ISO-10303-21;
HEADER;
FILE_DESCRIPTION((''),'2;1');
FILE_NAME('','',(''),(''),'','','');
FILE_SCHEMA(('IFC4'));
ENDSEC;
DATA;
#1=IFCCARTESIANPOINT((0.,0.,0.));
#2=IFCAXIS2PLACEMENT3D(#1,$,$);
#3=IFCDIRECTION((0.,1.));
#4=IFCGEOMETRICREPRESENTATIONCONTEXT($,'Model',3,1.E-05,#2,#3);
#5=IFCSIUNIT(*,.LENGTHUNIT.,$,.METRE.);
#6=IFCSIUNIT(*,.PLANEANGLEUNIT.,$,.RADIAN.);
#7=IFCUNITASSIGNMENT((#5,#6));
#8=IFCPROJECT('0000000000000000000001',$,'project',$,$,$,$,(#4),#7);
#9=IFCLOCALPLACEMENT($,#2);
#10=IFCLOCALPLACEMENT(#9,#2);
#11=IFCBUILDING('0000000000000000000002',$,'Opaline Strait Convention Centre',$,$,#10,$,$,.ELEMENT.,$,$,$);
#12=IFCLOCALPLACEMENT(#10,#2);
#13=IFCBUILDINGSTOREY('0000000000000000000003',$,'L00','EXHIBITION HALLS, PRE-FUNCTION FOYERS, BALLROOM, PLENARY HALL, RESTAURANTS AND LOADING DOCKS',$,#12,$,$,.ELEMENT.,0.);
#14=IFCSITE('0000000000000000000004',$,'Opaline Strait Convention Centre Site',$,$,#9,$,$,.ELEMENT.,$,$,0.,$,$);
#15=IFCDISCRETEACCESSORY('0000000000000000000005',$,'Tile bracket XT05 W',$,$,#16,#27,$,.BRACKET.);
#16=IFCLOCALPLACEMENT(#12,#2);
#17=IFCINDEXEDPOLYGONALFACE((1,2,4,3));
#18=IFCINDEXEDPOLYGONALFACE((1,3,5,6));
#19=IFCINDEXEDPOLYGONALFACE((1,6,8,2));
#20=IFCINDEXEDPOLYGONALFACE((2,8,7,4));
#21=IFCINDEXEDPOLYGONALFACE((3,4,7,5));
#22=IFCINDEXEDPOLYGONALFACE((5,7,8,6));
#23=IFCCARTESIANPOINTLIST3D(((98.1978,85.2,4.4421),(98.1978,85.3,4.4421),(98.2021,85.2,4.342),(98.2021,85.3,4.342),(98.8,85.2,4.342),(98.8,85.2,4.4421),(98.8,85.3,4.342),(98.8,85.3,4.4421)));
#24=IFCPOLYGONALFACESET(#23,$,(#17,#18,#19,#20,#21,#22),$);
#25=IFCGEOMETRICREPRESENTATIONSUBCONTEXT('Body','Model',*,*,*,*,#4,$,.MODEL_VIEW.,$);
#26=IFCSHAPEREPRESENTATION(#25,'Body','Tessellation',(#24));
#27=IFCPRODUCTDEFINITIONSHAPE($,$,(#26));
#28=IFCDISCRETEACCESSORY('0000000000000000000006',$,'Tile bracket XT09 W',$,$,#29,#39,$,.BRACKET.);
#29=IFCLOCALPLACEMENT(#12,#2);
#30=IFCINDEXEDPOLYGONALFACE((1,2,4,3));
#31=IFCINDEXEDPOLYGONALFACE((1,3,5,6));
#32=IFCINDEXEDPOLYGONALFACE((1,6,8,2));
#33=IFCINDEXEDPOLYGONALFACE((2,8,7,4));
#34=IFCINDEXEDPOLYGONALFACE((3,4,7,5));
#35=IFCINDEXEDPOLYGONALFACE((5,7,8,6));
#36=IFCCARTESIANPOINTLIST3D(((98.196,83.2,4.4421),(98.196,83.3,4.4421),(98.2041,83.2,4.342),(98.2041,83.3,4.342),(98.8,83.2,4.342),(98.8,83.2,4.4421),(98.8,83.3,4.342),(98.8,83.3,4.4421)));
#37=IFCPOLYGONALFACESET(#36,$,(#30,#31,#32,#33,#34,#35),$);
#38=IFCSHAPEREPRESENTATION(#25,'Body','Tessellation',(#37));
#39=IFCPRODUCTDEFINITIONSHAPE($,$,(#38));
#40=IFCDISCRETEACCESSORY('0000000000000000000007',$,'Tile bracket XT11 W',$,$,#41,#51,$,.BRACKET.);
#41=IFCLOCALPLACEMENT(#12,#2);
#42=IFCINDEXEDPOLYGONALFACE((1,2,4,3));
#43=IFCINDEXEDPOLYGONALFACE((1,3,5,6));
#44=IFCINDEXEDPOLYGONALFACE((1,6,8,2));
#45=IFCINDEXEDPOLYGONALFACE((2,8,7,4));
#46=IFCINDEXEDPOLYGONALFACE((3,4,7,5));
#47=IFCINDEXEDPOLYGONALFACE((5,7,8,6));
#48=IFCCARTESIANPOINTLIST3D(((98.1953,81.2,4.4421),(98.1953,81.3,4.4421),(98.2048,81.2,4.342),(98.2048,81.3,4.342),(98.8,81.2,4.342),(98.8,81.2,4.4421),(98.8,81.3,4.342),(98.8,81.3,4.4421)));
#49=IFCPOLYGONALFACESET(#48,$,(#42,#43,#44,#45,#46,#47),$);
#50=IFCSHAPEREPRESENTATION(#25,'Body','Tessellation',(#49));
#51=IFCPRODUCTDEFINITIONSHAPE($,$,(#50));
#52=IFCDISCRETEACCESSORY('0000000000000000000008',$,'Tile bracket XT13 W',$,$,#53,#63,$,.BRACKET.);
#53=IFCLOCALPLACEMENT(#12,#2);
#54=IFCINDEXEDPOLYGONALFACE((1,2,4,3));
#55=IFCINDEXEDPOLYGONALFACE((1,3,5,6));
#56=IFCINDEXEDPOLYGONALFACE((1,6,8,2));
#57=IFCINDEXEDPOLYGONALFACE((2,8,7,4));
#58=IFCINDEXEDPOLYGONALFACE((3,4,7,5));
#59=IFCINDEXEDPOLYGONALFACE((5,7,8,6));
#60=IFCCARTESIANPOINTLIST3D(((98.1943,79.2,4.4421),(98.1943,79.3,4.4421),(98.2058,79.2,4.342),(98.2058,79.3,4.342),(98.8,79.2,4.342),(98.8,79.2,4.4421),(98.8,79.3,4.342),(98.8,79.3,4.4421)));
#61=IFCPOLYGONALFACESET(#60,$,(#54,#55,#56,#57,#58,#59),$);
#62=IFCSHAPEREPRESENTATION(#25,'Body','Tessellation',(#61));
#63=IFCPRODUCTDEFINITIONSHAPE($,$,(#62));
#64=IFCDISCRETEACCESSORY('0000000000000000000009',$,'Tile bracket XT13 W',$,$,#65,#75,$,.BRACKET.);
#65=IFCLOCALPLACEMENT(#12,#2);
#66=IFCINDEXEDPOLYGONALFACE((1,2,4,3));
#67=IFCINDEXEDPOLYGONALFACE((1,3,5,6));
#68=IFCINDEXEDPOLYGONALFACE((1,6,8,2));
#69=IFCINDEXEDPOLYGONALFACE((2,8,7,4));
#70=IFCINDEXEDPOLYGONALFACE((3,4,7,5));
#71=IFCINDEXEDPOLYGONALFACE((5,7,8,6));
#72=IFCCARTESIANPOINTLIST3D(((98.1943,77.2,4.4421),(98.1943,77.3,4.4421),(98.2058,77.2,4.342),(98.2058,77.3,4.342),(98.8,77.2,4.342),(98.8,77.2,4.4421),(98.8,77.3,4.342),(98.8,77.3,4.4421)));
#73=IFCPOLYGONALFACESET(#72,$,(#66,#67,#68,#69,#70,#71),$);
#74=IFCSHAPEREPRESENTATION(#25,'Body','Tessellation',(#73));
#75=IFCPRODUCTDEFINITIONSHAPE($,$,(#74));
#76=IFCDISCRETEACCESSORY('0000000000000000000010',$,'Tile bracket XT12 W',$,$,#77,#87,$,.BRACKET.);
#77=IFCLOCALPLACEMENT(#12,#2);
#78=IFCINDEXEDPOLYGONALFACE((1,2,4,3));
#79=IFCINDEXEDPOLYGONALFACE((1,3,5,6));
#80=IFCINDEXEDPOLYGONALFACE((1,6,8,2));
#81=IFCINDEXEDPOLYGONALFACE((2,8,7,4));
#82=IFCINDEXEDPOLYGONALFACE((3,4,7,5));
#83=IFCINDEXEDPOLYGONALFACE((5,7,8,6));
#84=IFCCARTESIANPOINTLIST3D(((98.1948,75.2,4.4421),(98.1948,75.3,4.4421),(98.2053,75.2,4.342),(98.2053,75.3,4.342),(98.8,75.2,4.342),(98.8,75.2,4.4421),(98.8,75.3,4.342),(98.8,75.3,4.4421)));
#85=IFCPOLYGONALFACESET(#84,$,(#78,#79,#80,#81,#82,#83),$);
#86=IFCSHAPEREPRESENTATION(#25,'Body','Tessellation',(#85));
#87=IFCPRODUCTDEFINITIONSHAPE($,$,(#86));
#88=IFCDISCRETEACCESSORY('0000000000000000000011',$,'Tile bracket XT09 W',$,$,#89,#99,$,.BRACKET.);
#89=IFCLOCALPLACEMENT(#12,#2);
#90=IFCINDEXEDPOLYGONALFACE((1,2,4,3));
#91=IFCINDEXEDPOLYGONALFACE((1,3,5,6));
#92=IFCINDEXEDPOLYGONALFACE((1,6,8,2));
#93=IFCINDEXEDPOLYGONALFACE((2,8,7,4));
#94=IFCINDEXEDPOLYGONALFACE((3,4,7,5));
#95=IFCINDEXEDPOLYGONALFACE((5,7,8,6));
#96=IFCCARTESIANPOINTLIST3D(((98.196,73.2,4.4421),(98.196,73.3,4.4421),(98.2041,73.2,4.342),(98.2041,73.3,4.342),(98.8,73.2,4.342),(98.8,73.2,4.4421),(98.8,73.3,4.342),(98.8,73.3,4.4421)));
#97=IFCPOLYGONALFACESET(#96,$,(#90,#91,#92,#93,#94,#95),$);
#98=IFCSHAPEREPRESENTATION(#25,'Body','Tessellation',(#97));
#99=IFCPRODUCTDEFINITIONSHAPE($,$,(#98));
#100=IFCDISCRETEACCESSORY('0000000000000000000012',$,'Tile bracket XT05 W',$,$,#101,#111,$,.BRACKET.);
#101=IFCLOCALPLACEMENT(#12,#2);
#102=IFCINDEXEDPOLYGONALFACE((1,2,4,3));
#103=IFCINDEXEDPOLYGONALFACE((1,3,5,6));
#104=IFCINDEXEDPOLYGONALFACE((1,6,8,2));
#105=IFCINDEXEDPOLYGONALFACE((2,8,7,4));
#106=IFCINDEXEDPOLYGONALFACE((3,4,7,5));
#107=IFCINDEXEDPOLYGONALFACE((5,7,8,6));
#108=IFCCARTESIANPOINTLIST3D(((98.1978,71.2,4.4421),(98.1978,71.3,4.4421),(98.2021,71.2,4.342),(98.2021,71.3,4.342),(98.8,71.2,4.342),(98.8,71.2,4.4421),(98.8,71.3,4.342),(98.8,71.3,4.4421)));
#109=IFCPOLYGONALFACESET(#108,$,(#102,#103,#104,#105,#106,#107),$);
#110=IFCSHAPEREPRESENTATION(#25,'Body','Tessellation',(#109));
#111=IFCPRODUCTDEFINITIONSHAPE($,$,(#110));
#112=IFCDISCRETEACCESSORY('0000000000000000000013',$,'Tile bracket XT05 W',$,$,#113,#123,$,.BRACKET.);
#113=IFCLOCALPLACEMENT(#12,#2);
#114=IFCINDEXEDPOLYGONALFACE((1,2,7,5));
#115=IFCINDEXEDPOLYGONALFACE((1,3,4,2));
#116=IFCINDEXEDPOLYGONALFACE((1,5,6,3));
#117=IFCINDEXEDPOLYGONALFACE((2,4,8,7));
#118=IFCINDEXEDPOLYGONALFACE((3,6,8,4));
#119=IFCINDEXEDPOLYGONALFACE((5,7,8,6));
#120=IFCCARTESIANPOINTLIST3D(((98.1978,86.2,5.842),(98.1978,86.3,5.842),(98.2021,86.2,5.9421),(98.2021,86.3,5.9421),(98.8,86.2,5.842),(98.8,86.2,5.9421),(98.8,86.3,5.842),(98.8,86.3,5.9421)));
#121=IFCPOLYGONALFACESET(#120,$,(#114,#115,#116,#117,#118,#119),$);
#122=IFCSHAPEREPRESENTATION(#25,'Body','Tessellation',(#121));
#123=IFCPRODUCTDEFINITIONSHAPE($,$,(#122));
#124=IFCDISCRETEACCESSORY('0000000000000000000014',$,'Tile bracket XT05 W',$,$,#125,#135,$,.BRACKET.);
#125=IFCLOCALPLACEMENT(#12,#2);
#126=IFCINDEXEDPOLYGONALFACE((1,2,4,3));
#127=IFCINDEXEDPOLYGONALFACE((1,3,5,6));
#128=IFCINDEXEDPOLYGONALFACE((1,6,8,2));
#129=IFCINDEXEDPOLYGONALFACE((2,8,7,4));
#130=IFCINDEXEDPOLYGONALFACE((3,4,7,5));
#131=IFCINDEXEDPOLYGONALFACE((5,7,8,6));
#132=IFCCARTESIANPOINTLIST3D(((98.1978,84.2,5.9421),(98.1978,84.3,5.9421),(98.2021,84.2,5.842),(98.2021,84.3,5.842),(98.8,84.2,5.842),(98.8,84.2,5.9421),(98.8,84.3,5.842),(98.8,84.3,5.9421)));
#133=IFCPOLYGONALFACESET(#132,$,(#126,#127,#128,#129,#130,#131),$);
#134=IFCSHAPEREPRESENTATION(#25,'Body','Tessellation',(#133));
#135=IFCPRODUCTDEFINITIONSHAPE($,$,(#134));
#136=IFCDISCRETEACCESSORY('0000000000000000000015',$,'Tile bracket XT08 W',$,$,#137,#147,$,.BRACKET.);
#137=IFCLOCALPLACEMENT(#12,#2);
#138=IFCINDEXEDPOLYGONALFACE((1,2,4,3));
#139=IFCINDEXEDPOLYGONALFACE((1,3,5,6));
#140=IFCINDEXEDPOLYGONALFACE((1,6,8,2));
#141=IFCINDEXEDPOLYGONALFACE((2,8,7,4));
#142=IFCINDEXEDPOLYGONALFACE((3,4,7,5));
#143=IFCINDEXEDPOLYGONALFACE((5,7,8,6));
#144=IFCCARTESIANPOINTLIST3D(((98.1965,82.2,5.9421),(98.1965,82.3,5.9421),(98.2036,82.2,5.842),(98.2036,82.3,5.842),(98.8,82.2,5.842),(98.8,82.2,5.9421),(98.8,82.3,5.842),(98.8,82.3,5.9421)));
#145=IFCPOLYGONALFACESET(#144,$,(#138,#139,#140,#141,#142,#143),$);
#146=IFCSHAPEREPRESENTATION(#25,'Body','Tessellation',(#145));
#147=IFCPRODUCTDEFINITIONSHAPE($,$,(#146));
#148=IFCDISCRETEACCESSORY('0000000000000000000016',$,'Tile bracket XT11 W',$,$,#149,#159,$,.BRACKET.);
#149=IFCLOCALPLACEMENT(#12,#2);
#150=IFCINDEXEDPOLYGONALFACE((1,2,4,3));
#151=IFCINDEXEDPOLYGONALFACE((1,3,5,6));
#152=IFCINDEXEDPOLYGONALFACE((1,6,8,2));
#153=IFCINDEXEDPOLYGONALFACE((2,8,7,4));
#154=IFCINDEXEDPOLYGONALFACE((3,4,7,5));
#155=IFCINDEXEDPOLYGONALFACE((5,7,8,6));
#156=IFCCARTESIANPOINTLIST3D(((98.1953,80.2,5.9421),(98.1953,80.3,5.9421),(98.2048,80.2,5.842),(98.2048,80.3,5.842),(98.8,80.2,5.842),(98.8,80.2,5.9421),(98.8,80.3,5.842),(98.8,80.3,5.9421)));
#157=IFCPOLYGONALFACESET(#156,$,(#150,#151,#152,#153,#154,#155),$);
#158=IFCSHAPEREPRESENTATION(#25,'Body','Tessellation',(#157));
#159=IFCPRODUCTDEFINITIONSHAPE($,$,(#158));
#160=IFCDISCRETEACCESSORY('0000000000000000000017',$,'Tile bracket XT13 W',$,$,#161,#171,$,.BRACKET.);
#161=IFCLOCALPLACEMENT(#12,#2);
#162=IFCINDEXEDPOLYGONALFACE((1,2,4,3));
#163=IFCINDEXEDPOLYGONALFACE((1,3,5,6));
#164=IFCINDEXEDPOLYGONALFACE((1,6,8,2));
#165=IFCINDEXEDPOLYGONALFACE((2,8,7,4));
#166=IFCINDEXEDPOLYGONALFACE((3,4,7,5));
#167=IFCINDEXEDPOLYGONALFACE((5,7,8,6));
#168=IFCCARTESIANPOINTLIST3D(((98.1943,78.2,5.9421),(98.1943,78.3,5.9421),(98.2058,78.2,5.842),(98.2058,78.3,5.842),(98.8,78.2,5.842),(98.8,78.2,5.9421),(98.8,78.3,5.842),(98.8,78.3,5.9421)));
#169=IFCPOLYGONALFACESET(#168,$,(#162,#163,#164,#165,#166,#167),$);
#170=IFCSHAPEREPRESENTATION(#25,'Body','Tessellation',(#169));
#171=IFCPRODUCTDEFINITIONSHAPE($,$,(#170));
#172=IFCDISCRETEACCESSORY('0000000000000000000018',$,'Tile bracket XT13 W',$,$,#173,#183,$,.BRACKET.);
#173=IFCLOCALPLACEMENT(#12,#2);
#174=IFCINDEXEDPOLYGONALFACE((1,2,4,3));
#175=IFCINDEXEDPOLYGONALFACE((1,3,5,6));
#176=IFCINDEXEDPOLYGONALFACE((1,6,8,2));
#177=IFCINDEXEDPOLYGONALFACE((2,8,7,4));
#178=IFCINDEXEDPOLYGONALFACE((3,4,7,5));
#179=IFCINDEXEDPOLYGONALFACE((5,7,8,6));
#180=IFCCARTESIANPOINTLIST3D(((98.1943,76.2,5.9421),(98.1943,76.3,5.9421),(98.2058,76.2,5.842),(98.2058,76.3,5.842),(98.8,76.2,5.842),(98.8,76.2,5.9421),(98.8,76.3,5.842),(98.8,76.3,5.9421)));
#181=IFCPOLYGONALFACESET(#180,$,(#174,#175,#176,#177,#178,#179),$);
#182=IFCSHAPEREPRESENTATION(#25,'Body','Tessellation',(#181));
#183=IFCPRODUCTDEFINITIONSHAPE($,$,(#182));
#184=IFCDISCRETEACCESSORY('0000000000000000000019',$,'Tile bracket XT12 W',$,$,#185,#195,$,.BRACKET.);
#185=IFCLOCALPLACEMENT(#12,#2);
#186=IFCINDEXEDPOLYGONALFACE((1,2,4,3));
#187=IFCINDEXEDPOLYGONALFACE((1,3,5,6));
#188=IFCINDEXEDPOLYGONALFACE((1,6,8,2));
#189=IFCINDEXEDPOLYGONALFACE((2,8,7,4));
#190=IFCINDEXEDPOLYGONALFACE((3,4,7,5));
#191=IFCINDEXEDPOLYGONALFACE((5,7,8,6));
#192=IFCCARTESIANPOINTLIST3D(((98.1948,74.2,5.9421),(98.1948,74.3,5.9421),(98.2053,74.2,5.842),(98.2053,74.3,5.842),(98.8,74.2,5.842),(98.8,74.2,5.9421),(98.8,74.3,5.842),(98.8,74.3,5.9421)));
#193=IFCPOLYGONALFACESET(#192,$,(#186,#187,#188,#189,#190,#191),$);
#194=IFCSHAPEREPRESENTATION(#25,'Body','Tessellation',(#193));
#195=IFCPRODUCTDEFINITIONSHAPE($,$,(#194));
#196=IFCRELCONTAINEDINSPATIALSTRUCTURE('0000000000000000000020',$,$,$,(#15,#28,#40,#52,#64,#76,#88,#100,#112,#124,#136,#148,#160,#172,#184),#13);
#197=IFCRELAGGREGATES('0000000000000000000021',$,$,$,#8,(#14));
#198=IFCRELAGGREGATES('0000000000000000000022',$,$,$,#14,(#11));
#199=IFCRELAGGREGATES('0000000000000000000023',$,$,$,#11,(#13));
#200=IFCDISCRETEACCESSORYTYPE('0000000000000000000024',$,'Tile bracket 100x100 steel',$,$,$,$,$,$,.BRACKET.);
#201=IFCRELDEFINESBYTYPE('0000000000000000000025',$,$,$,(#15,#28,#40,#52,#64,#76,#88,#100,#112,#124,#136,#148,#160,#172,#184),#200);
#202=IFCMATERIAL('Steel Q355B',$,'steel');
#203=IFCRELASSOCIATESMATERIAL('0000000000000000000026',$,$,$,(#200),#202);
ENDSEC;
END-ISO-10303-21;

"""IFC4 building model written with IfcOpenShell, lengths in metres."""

from ifc_helpers import new_model, si_unit, direction, frame, origin, place, context, subcontext, project, spatial, polyline, outline, extrude, material, type_object, element, save


model = new_model("IFC4")

# Units and contexts
model_context = context("Model", 3, precision=1e-05, world=origin(), true_north=direction((0.0, 1.0)))
body_context = subcontext(model_context, "Body", "Model", "MODEL_VIEW")
ifc_project = project(units=[si_unit("LENGTHUNIT", "METRE"), si_unit("PLANEANGLEUNIT", "RADIAN")], contexts=[model_context])

# Site, building, storey
site_placement = place(None, origin())
site = spatial("IfcSite", under=ifc_project, at=site_placement, Name="Opaline Strait Convention Centre Site", CompositionType="ELEMENT", RefElevation=0.0)
building_placement = place(site_placement, origin())
building = spatial("IfcBuilding", under=site, at=building_placement, Name="Opaline Strait Convention Centre", CompositionType="ELEMENT")
storey_placement = place(building_placement, origin())
storey = spatial("IfcBuildingStorey", under=building, at=storey_placement, Name="L00", Description="EXHIBITION HALLS, PRE-FUNCTION FOYERS, BALLROOM, PLENARY HALL, RESTAURANTS AND LOADING DOCKS", CompositionType="ELEMENT", Elevation=0.0)

# Shared definitions
ifc_material_1 = material(Name="Steel Q355B", Category="steel")

# Discrete accessories
discrete_accessory_type = type_object("IfcDiscreteAccessoryType", Name="Tile bracket 100x100 steel", PredefinedType="BRACKET", material=ifc_material_1)
discrete_accessory_1_placement = place(storey_placement, frame((98.8, 85.3, 4.3921), z_axis=(0.0, -1.0, 0.0), x_axis=(1.0, 0.0, 0.0)))
element("IfcDiscreteAccessory", 1, at=discrete_accessory_1_placement, inside=storey, type_object=discrete_accessory_type, Name="Tile bracket XT05 W", PredefinedType="BRACKET", context=body_context, shape_type="SweptSolid", body=[
    extrude(outline(polyline([(0.0, -0.05), (0.0, 0.05), (-0.6023, 0.05), (-0.5979, -0.05), (0.0, -0.05)])), origin(), (0.0, 0.0, 1.0), 0.1001),
])
discrete_accessory_2_placement = place(storey_placement, frame((98.8, 83.3, 4.3921), z_axis=(0.0, -1.0, 0.0), x_axis=(1.0, 0.0, 0.0)))
element("IfcDiscreteAccessory", 2, at=discrete_accessory_2_placement, inside=storey, type_object=discrete_accessory_type, Name="Tile bracket XT09 W", PredefinedType="BRACKET", context=body_context, shape_type="SweptSolid", body=[
    extrude(outline(polyline([(0.0, -0.05), (0.0, 0.05), (-0.604, 0.05), (-0.5959, -0.05), (0.0, -0.05)])), origin(), (0.0, 0.0, 1.0), 0.1001),
])
discrete_accessory_3_placement = place(storey_placement, frame((98.8, 81.3, 4.3921), z_axis=(0.0, -1.0, 0.0), x_axis=(1.0, 0.0, 0.0)))
element("IfcDiscreteAccessory", 3, at=discrete_accessory_3_placement, inside=storey, type_object=discrete_accessory_type, Name="Tile bracket XT11 W", PredefinedType="BRACKET", context=body_context, shape_type="SweptSolid", body=[
    extrude(outline(polyline([(0.0, -0.05), (0.0, 0.05), (-0.6047, 0.05), (-0.5952, -0.05), (0.0, -0.05)])), origin(), (0.0, 0.0, 1.0), 0.1001),
])
for number, where, z_axis, x_axis, name in (
    (4, (98.8, 79.3, 4.3921), (0.0, -1.0, 0.0), (1.0, 0.0, 0.0), "Tile bracket XT13 W"),
    (5, (98.8, 77.3, 4.3921), (0.0, -1.0, 0.0), (1.0, 0.0, 0.0), "Tile bracket XT13 W"),
):
    element("IfcDiscreteAccessory", number, at=place(storey_placement, frame(where, z_axis=z_axis, x_axis=x_axis)), inside=storey, type_object=discrete_accessory_type, Name=name, PredefinedType="BRACKET", context=body_context, shape_type="SweptSolid", body=[
        extrude(outline(polyline([(0.0, -0.05), (0.0, 0.05), (-0.6057, 0.05), (-0.5942, -0.05), (0.0, -0.05)])), origin(), (0.0, 0.0, 1.0), 0.1001),
    ])
discrete_accessory_4_placement = place(storey_placement, frame((98.8, 75.3, 4.3921), z_axis=(0.0, -1.0, 0.0), x_axis=(1.0, 0.0, 0.0)))
element("IfcDiscreteAccessory", 6, at=discrete_accessory_4_placement, inside=storey, type_object=discrete_accessory_type, Name="Tile bracket XT12 W", PredefinedType="BRACKET", context=body_context, shape_type="SweptSolid", body=[
    extrude(outline(polyline([(0.0, -0.05), (0.0, 0.05), (-0.6052, 0.05), (-0.5947, -0.05), (0.0, -0.05)])), origin(), (0.0, 0.0, 1.0), 0.1001),
])
discrete_accessory_5_placement = place(storey_placement, frame((98.8, 73.3, 4.3921), z_axis=(0.0, -1.0, 0.0), x_axis=(1.0, 0.0, 0.0)))
element("IfcDiscreteAccessory", 7, at=discrete_accessory_5_placement, inside=storey, type_object=discrete_accessory_type, Name="Tile bracket XT09 W", PredefinedType="BRACKET", context=body_context, shape_type="SweptSolid", body=[
    extrude(outline(polyline([(0.0, -0.05), (0.0, 0.05), (-0.604, 0.05), (-0.5959, -0.05), (0.0, -0.05)])), origin(), (0.0, 0.0, 1.0), 0.1001),
])
discrete_accessory_6_placement = place(storey_placement, frame((98.8, 71.3, 4.3921), z_axis=(0.0, -1.0, 0.0), x_axis=(1.0, 0.0, 0.0)))
element("IfcDiscreteAccessory", 8, at=discrete_accessory_6_placement, inside=storey, type_object=discrete_accessory_type, Name="Tile bracket XT05 W", PredefinedType="BRACKET", context=body_context, shape_type="SweptSolid", body=[
    extrude(outline(polyline([(0.0, -0.05), (0.0, 0.05), (-0.6023, 0.05), (-0.5979, -0.05), (0.0, -0.05)])), origin(), (0.0, 0.0, 1.0), 0.1001),
])
discrete_accessory_7_placement = place(storey_placement, frame((98.8, 86.3, 5.8921), z_axis=(0.0, -1.0, 0.0), x_axis=(1.0, 0.0, 0.0)))
element("IfcDiscreteAccessory", 9, at=discrete_accessory_7_placement, inside=storey, type_object=discrete_accessory_type, Name="Tile bracket XT05 W", PredefinedType="BRACKET", context=body_context, shape_type="SweptSolid", body=[
    extrude(outline(polyline([(0.0, -0.05), (0.0, 0.05), (-0.5979, 0.05), (-0.6023, -0.05), (0.0, -0.05)])), origin(), (0.0, 0.0, 1.0), 0.1001),
])
discrete_accessory_8_placement = place(storey_placement, frame((98.8, 84.3, 5.8921), z_axis=(0.0, -1.0, 0.0), x_axis=(1.0, 0.0, 0.0)))
element("IfcDiscreteAccessory", 10, at=discrete_accessory_8_placement, inside=storey, type_object=discrete_accessory_type, Name="Tile bracket XT05 W", PredefinedType="BRACKET", context=body_context, shape_type="SweptSolid", body=[
    extrude(outline(polyline([(0.0, -0.05), (0.0, 0.05), (-0.6023, 0.05), (-0.5979, -0.05), (0.0, -0.05)])), origin(), (0.0, 0.0, 1.0), 0.1001),
])
discrete_accessory_9_placement = place(storey_placement, frame((98.8, 82.3, 5.8921), z_axis=(0.0, -1.0, 0.0), x_axis=(1.0, 0.0, 0.0)))
element("IfcDiscreteAccessory", 11, at=discrete_accessory_9_placement, inside=storey, type_object=discrete_accessory_type, Name="Tile bracket XT08 W", PredefinedType="BRACKET", context=body_context, shape_type="SweptSolid", body=[
    extrude(outline(polyline([(0.0, -0.05), (0.0, 0.05), (-0.6035, 0.05), (-0.5964, -0.05), (0.0, -0.05)])), origin(), (0.0, 0.0, 1.0), 0.1001),
])
discrete_accessory_10_placement = place(storey_placement, frame((98.8, 80.3, 5.8921), z_axis=(0.0, -1.0, 0.0), x_axis=(1.0, 0.0, 0.0)))
element("IfcDiscreteAccessory", 12, at=discrete_accessory_10_placement, inside=storey, type_object=discrete_accessory_type, Name="Tile bracket XT11 W", PredefinedType="BRACKET", context=body_context, shape_type="SweptSolid", body=[
    extrude(outline(polyline([(0.0, -0.05), (0.0, 0.05), (-0.6047, 0.05), (-0.5952, -0.05), (0.0, -0.05)])), origin(), (0.0, 0.0, 1.0), 0.1001),
])
for number, where, z_axis, x_axis, name in (
    (13, (98.8, 78.3, 5.8921), (0.0, -1.0, 0.0), (1.0, 0.0, 0.0), "Tile bracket XT13 W"),
    (14, (98.8, 76.3, 5.8921), (0.0, -1.0, 0.0), (1.0, 0.0, 0.0), "Tile bracket XT13 W"),
):
    element("IfcDiscreteAccessory", number, at=place(storey_placement, frame(where, z_axis=z_axis, x_axis=x_axis)), inside=storey, type_object=discrete_accessory_type, Name=name, PredefinedType="BRACKET", context=body_context, shape_type="SweptSolid", body=[
        extrude(outline(polyline([(0.0, -0.05), (0.0, 0.05), (-0.6057, 0.05), (-0.5942, -0.05), (0.0, -0.05)])), origin(), (0.0, 0.0, 1.0), 0.1001),
    ])
discrete_accessory_11_placement = place(storey_placement, frame((98.8, 74.3, 5.8921), z_axis=(0.0, -1.0, 0.0), x_axis=(1.0, 0.0, 0.0)))
element("IfcDiscreteAccessory", 15, at=discrete_accessory_11_placement, inside=storey, type_object=discrete_accessory_type, Name="Tile bracket XT12 W", PredefinedType="BRACKET", context=body_context, shape_type="SweptSolid", body=[
    extrude(outline(polyline([(0.0, -0.05), (0.0, 0.05), (-0.6052, 0.05), (-0.5947, -0.05), (0.0, -0.05)])), origin(), (0.0, 0.0, 1.0), 0.1001),
])

save(model, "model.ifc")
